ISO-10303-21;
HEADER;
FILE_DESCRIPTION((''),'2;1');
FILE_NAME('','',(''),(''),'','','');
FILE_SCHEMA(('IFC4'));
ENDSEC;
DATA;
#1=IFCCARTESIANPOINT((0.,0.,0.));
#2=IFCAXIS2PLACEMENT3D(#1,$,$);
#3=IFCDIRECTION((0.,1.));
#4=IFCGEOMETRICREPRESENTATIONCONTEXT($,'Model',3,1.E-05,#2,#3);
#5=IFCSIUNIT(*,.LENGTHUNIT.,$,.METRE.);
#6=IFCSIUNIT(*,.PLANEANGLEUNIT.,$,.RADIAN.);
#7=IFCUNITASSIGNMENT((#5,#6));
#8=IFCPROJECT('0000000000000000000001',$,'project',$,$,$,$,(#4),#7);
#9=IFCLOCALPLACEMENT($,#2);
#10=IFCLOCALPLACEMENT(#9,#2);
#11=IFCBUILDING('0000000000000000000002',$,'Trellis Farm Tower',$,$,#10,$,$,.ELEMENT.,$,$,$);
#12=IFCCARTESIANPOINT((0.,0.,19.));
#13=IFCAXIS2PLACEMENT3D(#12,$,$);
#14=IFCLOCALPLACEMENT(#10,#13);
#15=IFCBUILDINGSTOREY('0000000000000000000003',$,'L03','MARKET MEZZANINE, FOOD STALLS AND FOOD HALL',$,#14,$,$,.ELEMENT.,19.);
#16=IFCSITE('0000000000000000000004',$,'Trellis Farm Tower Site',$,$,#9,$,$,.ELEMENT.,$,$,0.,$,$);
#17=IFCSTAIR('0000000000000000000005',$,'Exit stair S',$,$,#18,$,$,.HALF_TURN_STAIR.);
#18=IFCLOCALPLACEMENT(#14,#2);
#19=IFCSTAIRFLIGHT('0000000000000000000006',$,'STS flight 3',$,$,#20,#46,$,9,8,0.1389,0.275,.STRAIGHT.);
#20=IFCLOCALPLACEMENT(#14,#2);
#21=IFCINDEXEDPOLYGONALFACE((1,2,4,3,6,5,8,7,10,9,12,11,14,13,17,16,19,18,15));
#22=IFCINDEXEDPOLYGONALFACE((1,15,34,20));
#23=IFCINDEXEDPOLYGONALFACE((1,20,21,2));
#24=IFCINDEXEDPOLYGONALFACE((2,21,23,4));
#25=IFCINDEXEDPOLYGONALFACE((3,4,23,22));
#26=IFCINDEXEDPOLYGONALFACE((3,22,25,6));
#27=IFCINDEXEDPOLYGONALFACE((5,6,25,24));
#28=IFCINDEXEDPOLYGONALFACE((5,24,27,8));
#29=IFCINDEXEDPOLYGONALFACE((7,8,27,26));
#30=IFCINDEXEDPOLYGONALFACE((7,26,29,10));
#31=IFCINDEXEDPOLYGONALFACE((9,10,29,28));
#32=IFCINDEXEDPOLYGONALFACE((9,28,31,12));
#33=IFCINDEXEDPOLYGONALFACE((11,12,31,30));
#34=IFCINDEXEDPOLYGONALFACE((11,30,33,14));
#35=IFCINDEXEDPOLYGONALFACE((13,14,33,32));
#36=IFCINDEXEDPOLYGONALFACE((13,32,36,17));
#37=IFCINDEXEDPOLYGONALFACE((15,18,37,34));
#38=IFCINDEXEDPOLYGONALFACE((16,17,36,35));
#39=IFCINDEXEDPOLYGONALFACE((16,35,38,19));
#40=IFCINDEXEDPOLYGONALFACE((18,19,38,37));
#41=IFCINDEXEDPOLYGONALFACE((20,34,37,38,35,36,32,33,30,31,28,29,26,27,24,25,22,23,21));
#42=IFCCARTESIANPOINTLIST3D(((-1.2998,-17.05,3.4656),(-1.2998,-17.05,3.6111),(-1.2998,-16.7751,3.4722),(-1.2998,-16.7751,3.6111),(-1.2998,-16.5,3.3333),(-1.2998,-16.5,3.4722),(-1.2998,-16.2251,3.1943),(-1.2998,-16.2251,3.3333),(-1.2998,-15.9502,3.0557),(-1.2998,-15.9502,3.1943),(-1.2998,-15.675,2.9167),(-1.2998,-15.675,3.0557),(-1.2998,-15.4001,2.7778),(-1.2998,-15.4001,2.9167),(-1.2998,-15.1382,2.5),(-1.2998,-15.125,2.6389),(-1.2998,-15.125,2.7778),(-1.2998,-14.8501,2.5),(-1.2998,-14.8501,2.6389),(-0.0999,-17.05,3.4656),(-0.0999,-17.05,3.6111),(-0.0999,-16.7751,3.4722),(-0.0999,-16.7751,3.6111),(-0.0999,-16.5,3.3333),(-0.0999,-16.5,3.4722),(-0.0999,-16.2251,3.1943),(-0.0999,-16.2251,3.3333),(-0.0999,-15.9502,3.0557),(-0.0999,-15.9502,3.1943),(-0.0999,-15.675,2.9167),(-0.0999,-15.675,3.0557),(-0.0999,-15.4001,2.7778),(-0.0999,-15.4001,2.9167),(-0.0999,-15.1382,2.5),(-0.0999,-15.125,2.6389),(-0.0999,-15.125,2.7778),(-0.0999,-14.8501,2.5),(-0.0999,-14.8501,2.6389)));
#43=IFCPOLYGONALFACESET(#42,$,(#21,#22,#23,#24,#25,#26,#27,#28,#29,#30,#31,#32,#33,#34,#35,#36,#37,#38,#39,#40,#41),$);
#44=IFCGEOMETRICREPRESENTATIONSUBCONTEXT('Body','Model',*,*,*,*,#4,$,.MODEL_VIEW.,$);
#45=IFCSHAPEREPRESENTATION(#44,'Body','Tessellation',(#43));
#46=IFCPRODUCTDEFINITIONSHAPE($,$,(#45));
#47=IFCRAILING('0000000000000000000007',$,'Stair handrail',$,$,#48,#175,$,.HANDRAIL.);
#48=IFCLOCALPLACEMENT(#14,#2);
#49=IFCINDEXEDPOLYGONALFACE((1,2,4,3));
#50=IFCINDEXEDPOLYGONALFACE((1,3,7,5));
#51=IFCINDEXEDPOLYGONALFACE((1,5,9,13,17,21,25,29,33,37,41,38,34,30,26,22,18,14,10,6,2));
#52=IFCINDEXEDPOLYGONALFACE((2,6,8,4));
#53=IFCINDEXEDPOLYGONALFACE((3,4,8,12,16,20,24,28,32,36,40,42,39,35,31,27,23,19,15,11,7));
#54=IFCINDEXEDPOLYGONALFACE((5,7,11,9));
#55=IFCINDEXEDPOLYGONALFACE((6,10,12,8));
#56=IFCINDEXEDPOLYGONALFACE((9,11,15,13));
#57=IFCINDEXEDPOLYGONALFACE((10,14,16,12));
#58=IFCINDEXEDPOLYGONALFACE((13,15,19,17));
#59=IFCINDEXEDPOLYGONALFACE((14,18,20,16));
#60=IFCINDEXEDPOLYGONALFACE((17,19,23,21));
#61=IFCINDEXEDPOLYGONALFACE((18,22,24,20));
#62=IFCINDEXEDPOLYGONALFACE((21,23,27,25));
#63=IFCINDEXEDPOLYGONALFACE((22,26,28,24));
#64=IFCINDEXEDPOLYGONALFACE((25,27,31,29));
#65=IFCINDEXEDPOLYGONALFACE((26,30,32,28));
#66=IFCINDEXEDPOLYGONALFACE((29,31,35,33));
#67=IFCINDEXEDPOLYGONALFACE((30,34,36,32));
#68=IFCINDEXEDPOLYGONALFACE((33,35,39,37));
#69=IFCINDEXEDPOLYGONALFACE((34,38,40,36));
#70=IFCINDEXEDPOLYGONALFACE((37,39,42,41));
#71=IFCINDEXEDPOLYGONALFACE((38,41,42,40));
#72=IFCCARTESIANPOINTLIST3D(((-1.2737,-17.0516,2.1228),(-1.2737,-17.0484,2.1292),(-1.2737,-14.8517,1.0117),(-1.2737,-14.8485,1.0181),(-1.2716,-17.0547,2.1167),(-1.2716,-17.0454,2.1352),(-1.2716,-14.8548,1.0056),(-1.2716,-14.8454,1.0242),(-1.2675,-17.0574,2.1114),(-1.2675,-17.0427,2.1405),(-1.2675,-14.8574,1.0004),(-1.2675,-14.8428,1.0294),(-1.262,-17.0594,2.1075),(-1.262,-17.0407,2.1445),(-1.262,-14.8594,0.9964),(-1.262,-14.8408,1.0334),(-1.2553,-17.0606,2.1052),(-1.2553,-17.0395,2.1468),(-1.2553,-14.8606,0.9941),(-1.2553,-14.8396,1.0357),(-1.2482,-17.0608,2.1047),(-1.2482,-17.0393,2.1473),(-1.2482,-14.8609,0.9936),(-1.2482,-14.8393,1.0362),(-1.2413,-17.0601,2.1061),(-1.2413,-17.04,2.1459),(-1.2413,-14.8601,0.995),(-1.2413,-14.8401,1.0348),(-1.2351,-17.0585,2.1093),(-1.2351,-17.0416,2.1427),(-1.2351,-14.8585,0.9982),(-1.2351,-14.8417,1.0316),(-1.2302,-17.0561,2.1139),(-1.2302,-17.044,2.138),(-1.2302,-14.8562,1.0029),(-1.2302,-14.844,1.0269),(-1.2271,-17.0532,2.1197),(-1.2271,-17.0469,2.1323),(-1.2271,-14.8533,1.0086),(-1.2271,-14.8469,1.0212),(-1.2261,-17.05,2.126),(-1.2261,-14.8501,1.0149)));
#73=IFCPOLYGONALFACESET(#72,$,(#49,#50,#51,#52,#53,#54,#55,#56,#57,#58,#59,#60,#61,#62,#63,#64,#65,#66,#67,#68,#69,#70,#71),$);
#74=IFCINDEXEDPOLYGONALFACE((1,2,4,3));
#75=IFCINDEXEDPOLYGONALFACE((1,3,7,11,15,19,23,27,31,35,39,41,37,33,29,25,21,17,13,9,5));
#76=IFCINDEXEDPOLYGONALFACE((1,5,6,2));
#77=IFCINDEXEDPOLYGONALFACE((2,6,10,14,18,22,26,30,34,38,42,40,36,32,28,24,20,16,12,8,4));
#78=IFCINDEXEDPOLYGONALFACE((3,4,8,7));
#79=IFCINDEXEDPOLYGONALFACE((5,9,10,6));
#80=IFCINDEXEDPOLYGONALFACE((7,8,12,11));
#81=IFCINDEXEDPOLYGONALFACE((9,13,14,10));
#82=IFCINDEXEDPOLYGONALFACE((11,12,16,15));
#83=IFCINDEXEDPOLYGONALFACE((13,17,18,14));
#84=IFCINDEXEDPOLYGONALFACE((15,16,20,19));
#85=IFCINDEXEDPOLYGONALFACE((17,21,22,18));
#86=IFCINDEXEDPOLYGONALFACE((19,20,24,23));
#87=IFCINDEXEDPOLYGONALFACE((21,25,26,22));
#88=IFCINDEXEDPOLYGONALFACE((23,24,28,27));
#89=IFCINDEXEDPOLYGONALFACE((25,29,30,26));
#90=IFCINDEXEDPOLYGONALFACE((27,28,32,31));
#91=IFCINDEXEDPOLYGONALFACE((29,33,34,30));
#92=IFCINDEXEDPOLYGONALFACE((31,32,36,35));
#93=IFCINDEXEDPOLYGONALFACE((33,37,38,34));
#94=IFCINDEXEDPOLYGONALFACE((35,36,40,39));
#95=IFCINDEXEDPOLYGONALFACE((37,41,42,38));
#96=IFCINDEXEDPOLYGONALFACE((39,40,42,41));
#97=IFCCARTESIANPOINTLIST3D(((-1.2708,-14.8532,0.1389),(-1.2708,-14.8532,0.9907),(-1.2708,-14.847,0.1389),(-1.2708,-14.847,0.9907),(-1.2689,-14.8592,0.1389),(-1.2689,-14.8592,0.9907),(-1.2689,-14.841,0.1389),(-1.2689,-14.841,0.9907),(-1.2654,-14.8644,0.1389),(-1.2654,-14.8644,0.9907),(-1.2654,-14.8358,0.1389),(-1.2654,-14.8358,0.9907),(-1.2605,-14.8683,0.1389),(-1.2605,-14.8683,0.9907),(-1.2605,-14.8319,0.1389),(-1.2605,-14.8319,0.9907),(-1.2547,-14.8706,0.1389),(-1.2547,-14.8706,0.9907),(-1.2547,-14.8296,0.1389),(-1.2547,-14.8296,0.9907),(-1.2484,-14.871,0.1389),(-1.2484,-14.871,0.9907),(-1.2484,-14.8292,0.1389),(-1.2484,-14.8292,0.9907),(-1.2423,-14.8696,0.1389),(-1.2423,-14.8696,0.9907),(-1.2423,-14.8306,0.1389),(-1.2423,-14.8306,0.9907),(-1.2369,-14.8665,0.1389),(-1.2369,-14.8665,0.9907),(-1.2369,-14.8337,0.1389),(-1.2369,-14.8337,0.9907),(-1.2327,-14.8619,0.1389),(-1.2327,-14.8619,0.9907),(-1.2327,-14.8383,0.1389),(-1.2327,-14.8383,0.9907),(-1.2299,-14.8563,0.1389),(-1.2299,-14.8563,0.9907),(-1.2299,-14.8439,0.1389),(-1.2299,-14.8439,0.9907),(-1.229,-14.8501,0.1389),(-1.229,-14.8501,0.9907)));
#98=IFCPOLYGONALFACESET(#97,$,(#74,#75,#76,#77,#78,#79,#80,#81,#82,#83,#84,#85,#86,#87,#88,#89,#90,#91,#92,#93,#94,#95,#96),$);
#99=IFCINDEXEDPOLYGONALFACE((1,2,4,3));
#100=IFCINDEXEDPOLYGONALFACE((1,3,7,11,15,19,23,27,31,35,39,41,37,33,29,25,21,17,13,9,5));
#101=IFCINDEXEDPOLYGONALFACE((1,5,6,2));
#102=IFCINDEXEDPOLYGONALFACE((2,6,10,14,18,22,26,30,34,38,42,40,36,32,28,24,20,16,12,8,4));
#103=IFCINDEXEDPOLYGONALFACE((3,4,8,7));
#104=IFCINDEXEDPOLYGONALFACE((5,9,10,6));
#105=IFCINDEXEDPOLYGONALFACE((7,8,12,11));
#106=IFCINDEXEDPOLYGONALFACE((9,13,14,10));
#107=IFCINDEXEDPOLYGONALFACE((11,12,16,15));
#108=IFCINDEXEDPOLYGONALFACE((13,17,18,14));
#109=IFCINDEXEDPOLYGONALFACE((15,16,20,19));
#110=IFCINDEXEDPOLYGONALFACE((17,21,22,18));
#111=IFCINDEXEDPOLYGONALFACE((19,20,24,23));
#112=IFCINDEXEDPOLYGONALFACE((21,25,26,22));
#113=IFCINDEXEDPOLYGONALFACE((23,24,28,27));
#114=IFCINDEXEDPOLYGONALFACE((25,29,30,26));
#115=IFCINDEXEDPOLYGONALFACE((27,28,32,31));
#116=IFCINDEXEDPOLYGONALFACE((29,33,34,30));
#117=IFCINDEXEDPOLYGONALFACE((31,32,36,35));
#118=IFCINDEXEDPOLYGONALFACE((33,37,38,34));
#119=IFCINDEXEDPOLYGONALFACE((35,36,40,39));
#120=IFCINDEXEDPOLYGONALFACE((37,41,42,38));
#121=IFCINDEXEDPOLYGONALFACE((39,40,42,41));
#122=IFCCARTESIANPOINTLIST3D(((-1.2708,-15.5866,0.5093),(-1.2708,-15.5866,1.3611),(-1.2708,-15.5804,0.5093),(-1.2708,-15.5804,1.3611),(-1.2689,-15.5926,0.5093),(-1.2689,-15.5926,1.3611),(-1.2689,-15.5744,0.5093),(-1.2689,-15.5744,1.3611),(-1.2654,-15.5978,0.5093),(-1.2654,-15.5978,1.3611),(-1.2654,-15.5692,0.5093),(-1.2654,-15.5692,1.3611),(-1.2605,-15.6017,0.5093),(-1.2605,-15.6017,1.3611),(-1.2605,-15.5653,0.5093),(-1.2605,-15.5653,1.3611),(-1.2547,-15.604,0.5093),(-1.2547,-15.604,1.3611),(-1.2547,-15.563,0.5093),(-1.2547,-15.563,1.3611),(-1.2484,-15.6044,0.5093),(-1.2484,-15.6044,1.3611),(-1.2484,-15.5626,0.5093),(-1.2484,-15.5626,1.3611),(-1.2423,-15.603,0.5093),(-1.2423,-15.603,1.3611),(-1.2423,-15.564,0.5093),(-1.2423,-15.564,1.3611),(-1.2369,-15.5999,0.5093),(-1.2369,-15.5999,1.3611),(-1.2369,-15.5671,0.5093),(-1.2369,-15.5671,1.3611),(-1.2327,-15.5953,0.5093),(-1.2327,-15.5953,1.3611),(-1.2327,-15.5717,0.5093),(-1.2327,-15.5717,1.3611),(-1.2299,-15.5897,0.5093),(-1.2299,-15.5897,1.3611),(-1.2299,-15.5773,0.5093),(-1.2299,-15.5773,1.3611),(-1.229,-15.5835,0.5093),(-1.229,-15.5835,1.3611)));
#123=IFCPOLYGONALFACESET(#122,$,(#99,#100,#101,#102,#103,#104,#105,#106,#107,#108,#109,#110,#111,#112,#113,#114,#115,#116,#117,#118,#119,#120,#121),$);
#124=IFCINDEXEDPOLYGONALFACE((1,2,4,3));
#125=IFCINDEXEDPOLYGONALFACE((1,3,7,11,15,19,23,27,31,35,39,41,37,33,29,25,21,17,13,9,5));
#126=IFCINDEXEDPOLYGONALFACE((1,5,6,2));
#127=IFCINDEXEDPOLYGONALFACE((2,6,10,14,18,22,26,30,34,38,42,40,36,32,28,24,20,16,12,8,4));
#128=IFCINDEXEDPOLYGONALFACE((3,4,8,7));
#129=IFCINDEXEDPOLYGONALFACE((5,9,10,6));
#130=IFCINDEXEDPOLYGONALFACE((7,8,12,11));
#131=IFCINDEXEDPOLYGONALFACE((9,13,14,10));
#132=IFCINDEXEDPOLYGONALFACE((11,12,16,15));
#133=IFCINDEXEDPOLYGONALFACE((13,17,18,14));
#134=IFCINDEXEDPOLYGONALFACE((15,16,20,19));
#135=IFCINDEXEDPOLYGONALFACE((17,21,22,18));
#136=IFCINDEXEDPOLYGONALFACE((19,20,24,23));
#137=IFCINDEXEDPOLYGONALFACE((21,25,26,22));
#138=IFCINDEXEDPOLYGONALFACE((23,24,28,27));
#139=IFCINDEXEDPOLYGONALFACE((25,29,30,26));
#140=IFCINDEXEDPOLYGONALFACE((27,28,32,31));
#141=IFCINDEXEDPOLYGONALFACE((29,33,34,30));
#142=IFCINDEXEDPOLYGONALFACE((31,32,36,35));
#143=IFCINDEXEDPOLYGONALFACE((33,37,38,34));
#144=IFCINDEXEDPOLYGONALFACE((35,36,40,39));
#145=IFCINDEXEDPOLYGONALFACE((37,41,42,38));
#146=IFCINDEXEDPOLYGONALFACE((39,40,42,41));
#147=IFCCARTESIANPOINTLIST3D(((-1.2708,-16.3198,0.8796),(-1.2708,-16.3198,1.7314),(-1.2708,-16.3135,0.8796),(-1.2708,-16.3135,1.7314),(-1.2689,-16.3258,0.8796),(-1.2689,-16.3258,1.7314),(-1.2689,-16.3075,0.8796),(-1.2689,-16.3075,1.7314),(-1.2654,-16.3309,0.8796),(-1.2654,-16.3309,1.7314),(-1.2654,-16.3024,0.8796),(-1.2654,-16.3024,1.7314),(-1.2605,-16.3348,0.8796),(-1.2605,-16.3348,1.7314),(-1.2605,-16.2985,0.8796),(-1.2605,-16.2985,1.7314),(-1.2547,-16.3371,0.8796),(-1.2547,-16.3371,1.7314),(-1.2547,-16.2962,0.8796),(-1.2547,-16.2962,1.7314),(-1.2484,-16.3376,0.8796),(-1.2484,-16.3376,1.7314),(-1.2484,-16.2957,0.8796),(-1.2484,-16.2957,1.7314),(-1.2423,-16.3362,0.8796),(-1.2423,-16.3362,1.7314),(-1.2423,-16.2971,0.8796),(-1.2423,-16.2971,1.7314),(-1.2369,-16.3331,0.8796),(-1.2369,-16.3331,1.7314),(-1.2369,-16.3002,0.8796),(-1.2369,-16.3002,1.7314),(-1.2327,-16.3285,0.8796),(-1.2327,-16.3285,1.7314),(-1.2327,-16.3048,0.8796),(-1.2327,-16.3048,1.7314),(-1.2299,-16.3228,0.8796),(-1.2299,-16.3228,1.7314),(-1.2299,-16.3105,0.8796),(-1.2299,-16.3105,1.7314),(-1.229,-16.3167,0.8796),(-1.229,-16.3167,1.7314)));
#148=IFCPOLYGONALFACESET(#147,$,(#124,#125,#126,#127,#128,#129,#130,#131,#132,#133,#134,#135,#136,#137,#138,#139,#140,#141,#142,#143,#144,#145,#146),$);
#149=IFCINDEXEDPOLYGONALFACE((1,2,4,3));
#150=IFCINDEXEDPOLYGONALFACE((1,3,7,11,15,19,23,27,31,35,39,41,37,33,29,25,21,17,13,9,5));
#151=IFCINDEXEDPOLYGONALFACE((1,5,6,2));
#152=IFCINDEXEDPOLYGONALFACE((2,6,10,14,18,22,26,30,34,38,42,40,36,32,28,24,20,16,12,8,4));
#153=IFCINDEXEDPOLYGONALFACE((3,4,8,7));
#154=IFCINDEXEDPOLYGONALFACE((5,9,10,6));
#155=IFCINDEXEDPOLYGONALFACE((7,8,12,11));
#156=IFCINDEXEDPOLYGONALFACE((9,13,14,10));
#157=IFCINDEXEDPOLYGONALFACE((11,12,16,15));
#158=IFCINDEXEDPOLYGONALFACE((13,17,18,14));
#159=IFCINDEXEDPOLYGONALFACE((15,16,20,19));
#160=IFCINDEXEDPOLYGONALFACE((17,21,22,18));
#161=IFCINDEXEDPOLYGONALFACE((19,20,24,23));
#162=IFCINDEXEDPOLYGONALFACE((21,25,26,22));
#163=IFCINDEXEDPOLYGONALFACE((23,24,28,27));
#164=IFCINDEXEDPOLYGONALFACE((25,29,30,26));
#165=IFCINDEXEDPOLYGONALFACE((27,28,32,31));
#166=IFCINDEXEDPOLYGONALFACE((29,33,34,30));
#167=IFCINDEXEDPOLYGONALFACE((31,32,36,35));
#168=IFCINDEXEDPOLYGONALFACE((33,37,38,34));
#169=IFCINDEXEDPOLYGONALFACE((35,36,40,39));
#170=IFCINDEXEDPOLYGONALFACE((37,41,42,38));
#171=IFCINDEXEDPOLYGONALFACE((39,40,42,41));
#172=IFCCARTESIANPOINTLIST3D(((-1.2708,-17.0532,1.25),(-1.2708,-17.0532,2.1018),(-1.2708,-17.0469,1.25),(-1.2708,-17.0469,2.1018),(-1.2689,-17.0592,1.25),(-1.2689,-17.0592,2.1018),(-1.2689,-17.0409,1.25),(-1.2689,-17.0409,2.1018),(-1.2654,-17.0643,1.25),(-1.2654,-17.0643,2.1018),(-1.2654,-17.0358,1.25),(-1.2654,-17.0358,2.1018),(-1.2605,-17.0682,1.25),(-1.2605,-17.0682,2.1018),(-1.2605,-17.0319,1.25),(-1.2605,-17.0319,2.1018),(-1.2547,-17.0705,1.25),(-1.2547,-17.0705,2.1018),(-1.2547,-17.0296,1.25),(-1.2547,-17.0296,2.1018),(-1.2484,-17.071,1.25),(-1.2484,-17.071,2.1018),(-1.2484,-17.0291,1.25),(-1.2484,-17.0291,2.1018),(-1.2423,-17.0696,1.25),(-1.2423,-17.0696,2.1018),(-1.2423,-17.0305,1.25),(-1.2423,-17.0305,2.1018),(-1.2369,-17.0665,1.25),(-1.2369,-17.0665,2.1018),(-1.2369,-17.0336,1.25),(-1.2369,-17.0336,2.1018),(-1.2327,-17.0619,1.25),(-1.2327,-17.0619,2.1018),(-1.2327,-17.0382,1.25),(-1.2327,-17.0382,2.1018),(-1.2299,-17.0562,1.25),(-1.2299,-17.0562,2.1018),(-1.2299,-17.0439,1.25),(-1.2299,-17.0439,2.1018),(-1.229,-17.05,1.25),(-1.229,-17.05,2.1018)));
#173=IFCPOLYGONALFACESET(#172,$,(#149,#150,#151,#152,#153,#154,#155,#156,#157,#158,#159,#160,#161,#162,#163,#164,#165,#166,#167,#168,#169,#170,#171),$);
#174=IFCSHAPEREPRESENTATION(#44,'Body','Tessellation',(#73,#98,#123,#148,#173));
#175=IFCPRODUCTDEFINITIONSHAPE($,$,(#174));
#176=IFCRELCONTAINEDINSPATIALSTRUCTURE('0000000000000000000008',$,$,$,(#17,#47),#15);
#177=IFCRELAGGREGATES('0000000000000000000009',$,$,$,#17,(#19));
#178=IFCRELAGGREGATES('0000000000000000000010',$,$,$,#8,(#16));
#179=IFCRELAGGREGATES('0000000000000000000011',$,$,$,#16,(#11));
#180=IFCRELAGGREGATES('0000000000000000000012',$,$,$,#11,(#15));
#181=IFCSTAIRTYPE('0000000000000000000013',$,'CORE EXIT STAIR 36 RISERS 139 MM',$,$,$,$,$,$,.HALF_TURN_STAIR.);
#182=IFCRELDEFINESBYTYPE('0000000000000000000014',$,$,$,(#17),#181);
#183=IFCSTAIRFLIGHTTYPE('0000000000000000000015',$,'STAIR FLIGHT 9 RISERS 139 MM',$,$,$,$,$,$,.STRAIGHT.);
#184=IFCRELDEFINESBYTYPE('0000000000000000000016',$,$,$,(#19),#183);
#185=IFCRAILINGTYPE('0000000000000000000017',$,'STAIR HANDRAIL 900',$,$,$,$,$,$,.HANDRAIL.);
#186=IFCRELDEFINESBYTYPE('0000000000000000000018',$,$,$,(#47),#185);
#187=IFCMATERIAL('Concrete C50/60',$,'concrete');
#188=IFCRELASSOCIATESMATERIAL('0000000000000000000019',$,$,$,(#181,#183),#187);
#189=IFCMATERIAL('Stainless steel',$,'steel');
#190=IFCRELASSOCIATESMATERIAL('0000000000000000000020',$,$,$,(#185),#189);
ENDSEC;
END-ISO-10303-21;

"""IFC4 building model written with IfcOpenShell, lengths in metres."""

from ifc_helpers import new_model, si_unit, direction, frame, origin, origin_2d, place, context, subcontext, project, spatial, polyline, circle, outline, extrude, source, transform, mapped, material, type_object, element, aggregate, save


model = new_model("IFC4")

# Units and contexts
model_context = context("Model", 3, precision=1e-05, world=origin(), true_north=direction((0.0, 1.0)))
body_context = subcontext(model_context, "Body", "Model", "MODEL_VIEW")
ifc_project = project(units=[si_unit("LENGTHUNIT", "METRE"), si_unit("PLANEANGLEUNIT", "RADIAN")], contexts=[model_context])

# Site, building, storey
site_placement = place(None, origin())
site = spatial("IfcSite", under=ifc_project, at=site_placement, Name="Trellis Farm Tower Site", CompositionType="ELEMENT", RefElevation=0.0)
building_placement = place(site_placement, origin())
building = spatial("IfcBuilding", under=site, at=building_placement, Name="Trellis Farm Tower", CompositionType="ELEMENT")
storey_placement = place(building_placement, frame((0.0, 0.0, 19.0)))
storey = spatial("IfcBuildingStorey", under=building, at=storey_placement, Name="L03", Description="MARKET MEZZANINE, FOOD STALLS AND FOOD HALL", CompositionType="ELEMENT", Elevation=19.0)

# Stair, stair flight
ifc_material_1 = material(Name="Concrete C50/60", Category="concrete")
stair_type = type_object("IfcStairType", Name="CORE EXIT STAIR 36 RISERS 139 MM", PredefinedType="HALF_TURN_STAIR", material=ifc_material_1)
stair_placement = place(storey_placement, origin())
stair = element("IfcStair", 1, at=stair_placement, inside=storey, type_object=stair_type, Name="Exit stair S", PredefinedType="HALF_TURN_STAIR")
stair_flight_type = type_object("IfcStairFlightType", Name="STAIR FLIGHT 9 RISERS 139 MM", PredefinedType="STRAIGHT", material=ifc_material_1)
shared_shape_1 = source(origin(), body_context, "Body", "SweptSolid", [
    extrude(outline(polyline([(0.0, 0.0), (0.0, 0.1389), (0.2749, 0.1389), (0.2749, 0.2778), (0.55, 0.2778), (0.55, 0.4167), (0.825, 0.4167), (0.825, 0.5557), (1.1001, 0.5557), (1.1001, 0.6943), (1.375, 0.6943), (1.375, 0.8333), (1.6499, 0.8333), (1.6499, 0.9722), (1.925, 0.9722), (1.925, 1.1111), (2.2, 1.1111), (2.2, 1.25), (2.2, 0.9656), (0.2881, 0.0), (0.0, 0.0)])), frame((0.0, 0.6001, 0.0), z_axis=(0.0, -1.0, 0.0), x_axis=(1.0, 0.0, 0.0)), (0.0, 0.0, 1.0), 1.2),
])
stair_flight_1_placement = place(storey_placement, frame((-0.7, -14.8501, 2.5), z_axis=(0.0, 0.0, 1.0), x_axis=(0.0, -1.0, 0.0)))
stair_flight_1 = element("IfcStairFlight", 2, at=stair_flight_1_placement, type_object=stair_flight_type, Name="STS flight 3", NumberOfRisers=9, NumberOfTreads=8, PredefinedType="STRAIGHT", RiserHeight=0.1389, TreadLength=0.275, context=body_context, shape_type="MappedRepresentation", body=[
    mapped(shared_shape_1, transform((0.0, 0.0, 0.0))),
])
aggregate(stair, [stair_flight_1])

# Railing
ifc_material_2 = material(Name="Stainless steel", Category="steel")
railing_type = type_object("IfcRailingType", Name="STAIR HANDRAIL 900", PredefinedType="HANDRAIL", material=ifc_material_2)
shared_shape_2 = source(origin(), body_context, "Body", "SweptSolid", [
    extrude(circle(Radius=0.0239, at=origin_2d()), frame((0.0, 0.0, 0.876), z_axis=(0.0, -0.892617, 0.450816), x_axis=(1.0, 0.0, 0.0)), (0.0, 0.0, 1.0), 2.4646),
    extrude(circle(Radius=0.021, at=origin_2d()), origin(), (0.0, 0.0, 1.0), 0.8518),
    extrude(circle(Radius=0.021, at=origin_2d()), frame((0.0, -0.7334, 0.3704)), (0.0, 0.0, 1.0), 0.8518),
    extrude(circle(Radius=0.021, at=origin_2d()), frame((0.0, -1.4666, 0.7407)), (0.0, 0.0, 1.0), 0.8518),
    extrude(circle(Radius=0.021, at=origin_2d()), frame((0.0, -2.2, 1.1111)), (0.0, 0.0, 1.0), 0.8518),
])
for number, where, name in (
    (3, (-1.25, -14.8501, 0.1389), "Stair handrail"),
):
    element("IfcRailing", number, at=place(storey_placement, frame(where)), inside=storey, type_object=railing_type, Name=name, PredefinedType="HANDRAIL", context=body_context, shape_type="MappedRepresentation", body=[
        mapped(shared_shape_2, transform((0.0, 0.0, 0.0))),
    ])

save(model, "model.ifc")
